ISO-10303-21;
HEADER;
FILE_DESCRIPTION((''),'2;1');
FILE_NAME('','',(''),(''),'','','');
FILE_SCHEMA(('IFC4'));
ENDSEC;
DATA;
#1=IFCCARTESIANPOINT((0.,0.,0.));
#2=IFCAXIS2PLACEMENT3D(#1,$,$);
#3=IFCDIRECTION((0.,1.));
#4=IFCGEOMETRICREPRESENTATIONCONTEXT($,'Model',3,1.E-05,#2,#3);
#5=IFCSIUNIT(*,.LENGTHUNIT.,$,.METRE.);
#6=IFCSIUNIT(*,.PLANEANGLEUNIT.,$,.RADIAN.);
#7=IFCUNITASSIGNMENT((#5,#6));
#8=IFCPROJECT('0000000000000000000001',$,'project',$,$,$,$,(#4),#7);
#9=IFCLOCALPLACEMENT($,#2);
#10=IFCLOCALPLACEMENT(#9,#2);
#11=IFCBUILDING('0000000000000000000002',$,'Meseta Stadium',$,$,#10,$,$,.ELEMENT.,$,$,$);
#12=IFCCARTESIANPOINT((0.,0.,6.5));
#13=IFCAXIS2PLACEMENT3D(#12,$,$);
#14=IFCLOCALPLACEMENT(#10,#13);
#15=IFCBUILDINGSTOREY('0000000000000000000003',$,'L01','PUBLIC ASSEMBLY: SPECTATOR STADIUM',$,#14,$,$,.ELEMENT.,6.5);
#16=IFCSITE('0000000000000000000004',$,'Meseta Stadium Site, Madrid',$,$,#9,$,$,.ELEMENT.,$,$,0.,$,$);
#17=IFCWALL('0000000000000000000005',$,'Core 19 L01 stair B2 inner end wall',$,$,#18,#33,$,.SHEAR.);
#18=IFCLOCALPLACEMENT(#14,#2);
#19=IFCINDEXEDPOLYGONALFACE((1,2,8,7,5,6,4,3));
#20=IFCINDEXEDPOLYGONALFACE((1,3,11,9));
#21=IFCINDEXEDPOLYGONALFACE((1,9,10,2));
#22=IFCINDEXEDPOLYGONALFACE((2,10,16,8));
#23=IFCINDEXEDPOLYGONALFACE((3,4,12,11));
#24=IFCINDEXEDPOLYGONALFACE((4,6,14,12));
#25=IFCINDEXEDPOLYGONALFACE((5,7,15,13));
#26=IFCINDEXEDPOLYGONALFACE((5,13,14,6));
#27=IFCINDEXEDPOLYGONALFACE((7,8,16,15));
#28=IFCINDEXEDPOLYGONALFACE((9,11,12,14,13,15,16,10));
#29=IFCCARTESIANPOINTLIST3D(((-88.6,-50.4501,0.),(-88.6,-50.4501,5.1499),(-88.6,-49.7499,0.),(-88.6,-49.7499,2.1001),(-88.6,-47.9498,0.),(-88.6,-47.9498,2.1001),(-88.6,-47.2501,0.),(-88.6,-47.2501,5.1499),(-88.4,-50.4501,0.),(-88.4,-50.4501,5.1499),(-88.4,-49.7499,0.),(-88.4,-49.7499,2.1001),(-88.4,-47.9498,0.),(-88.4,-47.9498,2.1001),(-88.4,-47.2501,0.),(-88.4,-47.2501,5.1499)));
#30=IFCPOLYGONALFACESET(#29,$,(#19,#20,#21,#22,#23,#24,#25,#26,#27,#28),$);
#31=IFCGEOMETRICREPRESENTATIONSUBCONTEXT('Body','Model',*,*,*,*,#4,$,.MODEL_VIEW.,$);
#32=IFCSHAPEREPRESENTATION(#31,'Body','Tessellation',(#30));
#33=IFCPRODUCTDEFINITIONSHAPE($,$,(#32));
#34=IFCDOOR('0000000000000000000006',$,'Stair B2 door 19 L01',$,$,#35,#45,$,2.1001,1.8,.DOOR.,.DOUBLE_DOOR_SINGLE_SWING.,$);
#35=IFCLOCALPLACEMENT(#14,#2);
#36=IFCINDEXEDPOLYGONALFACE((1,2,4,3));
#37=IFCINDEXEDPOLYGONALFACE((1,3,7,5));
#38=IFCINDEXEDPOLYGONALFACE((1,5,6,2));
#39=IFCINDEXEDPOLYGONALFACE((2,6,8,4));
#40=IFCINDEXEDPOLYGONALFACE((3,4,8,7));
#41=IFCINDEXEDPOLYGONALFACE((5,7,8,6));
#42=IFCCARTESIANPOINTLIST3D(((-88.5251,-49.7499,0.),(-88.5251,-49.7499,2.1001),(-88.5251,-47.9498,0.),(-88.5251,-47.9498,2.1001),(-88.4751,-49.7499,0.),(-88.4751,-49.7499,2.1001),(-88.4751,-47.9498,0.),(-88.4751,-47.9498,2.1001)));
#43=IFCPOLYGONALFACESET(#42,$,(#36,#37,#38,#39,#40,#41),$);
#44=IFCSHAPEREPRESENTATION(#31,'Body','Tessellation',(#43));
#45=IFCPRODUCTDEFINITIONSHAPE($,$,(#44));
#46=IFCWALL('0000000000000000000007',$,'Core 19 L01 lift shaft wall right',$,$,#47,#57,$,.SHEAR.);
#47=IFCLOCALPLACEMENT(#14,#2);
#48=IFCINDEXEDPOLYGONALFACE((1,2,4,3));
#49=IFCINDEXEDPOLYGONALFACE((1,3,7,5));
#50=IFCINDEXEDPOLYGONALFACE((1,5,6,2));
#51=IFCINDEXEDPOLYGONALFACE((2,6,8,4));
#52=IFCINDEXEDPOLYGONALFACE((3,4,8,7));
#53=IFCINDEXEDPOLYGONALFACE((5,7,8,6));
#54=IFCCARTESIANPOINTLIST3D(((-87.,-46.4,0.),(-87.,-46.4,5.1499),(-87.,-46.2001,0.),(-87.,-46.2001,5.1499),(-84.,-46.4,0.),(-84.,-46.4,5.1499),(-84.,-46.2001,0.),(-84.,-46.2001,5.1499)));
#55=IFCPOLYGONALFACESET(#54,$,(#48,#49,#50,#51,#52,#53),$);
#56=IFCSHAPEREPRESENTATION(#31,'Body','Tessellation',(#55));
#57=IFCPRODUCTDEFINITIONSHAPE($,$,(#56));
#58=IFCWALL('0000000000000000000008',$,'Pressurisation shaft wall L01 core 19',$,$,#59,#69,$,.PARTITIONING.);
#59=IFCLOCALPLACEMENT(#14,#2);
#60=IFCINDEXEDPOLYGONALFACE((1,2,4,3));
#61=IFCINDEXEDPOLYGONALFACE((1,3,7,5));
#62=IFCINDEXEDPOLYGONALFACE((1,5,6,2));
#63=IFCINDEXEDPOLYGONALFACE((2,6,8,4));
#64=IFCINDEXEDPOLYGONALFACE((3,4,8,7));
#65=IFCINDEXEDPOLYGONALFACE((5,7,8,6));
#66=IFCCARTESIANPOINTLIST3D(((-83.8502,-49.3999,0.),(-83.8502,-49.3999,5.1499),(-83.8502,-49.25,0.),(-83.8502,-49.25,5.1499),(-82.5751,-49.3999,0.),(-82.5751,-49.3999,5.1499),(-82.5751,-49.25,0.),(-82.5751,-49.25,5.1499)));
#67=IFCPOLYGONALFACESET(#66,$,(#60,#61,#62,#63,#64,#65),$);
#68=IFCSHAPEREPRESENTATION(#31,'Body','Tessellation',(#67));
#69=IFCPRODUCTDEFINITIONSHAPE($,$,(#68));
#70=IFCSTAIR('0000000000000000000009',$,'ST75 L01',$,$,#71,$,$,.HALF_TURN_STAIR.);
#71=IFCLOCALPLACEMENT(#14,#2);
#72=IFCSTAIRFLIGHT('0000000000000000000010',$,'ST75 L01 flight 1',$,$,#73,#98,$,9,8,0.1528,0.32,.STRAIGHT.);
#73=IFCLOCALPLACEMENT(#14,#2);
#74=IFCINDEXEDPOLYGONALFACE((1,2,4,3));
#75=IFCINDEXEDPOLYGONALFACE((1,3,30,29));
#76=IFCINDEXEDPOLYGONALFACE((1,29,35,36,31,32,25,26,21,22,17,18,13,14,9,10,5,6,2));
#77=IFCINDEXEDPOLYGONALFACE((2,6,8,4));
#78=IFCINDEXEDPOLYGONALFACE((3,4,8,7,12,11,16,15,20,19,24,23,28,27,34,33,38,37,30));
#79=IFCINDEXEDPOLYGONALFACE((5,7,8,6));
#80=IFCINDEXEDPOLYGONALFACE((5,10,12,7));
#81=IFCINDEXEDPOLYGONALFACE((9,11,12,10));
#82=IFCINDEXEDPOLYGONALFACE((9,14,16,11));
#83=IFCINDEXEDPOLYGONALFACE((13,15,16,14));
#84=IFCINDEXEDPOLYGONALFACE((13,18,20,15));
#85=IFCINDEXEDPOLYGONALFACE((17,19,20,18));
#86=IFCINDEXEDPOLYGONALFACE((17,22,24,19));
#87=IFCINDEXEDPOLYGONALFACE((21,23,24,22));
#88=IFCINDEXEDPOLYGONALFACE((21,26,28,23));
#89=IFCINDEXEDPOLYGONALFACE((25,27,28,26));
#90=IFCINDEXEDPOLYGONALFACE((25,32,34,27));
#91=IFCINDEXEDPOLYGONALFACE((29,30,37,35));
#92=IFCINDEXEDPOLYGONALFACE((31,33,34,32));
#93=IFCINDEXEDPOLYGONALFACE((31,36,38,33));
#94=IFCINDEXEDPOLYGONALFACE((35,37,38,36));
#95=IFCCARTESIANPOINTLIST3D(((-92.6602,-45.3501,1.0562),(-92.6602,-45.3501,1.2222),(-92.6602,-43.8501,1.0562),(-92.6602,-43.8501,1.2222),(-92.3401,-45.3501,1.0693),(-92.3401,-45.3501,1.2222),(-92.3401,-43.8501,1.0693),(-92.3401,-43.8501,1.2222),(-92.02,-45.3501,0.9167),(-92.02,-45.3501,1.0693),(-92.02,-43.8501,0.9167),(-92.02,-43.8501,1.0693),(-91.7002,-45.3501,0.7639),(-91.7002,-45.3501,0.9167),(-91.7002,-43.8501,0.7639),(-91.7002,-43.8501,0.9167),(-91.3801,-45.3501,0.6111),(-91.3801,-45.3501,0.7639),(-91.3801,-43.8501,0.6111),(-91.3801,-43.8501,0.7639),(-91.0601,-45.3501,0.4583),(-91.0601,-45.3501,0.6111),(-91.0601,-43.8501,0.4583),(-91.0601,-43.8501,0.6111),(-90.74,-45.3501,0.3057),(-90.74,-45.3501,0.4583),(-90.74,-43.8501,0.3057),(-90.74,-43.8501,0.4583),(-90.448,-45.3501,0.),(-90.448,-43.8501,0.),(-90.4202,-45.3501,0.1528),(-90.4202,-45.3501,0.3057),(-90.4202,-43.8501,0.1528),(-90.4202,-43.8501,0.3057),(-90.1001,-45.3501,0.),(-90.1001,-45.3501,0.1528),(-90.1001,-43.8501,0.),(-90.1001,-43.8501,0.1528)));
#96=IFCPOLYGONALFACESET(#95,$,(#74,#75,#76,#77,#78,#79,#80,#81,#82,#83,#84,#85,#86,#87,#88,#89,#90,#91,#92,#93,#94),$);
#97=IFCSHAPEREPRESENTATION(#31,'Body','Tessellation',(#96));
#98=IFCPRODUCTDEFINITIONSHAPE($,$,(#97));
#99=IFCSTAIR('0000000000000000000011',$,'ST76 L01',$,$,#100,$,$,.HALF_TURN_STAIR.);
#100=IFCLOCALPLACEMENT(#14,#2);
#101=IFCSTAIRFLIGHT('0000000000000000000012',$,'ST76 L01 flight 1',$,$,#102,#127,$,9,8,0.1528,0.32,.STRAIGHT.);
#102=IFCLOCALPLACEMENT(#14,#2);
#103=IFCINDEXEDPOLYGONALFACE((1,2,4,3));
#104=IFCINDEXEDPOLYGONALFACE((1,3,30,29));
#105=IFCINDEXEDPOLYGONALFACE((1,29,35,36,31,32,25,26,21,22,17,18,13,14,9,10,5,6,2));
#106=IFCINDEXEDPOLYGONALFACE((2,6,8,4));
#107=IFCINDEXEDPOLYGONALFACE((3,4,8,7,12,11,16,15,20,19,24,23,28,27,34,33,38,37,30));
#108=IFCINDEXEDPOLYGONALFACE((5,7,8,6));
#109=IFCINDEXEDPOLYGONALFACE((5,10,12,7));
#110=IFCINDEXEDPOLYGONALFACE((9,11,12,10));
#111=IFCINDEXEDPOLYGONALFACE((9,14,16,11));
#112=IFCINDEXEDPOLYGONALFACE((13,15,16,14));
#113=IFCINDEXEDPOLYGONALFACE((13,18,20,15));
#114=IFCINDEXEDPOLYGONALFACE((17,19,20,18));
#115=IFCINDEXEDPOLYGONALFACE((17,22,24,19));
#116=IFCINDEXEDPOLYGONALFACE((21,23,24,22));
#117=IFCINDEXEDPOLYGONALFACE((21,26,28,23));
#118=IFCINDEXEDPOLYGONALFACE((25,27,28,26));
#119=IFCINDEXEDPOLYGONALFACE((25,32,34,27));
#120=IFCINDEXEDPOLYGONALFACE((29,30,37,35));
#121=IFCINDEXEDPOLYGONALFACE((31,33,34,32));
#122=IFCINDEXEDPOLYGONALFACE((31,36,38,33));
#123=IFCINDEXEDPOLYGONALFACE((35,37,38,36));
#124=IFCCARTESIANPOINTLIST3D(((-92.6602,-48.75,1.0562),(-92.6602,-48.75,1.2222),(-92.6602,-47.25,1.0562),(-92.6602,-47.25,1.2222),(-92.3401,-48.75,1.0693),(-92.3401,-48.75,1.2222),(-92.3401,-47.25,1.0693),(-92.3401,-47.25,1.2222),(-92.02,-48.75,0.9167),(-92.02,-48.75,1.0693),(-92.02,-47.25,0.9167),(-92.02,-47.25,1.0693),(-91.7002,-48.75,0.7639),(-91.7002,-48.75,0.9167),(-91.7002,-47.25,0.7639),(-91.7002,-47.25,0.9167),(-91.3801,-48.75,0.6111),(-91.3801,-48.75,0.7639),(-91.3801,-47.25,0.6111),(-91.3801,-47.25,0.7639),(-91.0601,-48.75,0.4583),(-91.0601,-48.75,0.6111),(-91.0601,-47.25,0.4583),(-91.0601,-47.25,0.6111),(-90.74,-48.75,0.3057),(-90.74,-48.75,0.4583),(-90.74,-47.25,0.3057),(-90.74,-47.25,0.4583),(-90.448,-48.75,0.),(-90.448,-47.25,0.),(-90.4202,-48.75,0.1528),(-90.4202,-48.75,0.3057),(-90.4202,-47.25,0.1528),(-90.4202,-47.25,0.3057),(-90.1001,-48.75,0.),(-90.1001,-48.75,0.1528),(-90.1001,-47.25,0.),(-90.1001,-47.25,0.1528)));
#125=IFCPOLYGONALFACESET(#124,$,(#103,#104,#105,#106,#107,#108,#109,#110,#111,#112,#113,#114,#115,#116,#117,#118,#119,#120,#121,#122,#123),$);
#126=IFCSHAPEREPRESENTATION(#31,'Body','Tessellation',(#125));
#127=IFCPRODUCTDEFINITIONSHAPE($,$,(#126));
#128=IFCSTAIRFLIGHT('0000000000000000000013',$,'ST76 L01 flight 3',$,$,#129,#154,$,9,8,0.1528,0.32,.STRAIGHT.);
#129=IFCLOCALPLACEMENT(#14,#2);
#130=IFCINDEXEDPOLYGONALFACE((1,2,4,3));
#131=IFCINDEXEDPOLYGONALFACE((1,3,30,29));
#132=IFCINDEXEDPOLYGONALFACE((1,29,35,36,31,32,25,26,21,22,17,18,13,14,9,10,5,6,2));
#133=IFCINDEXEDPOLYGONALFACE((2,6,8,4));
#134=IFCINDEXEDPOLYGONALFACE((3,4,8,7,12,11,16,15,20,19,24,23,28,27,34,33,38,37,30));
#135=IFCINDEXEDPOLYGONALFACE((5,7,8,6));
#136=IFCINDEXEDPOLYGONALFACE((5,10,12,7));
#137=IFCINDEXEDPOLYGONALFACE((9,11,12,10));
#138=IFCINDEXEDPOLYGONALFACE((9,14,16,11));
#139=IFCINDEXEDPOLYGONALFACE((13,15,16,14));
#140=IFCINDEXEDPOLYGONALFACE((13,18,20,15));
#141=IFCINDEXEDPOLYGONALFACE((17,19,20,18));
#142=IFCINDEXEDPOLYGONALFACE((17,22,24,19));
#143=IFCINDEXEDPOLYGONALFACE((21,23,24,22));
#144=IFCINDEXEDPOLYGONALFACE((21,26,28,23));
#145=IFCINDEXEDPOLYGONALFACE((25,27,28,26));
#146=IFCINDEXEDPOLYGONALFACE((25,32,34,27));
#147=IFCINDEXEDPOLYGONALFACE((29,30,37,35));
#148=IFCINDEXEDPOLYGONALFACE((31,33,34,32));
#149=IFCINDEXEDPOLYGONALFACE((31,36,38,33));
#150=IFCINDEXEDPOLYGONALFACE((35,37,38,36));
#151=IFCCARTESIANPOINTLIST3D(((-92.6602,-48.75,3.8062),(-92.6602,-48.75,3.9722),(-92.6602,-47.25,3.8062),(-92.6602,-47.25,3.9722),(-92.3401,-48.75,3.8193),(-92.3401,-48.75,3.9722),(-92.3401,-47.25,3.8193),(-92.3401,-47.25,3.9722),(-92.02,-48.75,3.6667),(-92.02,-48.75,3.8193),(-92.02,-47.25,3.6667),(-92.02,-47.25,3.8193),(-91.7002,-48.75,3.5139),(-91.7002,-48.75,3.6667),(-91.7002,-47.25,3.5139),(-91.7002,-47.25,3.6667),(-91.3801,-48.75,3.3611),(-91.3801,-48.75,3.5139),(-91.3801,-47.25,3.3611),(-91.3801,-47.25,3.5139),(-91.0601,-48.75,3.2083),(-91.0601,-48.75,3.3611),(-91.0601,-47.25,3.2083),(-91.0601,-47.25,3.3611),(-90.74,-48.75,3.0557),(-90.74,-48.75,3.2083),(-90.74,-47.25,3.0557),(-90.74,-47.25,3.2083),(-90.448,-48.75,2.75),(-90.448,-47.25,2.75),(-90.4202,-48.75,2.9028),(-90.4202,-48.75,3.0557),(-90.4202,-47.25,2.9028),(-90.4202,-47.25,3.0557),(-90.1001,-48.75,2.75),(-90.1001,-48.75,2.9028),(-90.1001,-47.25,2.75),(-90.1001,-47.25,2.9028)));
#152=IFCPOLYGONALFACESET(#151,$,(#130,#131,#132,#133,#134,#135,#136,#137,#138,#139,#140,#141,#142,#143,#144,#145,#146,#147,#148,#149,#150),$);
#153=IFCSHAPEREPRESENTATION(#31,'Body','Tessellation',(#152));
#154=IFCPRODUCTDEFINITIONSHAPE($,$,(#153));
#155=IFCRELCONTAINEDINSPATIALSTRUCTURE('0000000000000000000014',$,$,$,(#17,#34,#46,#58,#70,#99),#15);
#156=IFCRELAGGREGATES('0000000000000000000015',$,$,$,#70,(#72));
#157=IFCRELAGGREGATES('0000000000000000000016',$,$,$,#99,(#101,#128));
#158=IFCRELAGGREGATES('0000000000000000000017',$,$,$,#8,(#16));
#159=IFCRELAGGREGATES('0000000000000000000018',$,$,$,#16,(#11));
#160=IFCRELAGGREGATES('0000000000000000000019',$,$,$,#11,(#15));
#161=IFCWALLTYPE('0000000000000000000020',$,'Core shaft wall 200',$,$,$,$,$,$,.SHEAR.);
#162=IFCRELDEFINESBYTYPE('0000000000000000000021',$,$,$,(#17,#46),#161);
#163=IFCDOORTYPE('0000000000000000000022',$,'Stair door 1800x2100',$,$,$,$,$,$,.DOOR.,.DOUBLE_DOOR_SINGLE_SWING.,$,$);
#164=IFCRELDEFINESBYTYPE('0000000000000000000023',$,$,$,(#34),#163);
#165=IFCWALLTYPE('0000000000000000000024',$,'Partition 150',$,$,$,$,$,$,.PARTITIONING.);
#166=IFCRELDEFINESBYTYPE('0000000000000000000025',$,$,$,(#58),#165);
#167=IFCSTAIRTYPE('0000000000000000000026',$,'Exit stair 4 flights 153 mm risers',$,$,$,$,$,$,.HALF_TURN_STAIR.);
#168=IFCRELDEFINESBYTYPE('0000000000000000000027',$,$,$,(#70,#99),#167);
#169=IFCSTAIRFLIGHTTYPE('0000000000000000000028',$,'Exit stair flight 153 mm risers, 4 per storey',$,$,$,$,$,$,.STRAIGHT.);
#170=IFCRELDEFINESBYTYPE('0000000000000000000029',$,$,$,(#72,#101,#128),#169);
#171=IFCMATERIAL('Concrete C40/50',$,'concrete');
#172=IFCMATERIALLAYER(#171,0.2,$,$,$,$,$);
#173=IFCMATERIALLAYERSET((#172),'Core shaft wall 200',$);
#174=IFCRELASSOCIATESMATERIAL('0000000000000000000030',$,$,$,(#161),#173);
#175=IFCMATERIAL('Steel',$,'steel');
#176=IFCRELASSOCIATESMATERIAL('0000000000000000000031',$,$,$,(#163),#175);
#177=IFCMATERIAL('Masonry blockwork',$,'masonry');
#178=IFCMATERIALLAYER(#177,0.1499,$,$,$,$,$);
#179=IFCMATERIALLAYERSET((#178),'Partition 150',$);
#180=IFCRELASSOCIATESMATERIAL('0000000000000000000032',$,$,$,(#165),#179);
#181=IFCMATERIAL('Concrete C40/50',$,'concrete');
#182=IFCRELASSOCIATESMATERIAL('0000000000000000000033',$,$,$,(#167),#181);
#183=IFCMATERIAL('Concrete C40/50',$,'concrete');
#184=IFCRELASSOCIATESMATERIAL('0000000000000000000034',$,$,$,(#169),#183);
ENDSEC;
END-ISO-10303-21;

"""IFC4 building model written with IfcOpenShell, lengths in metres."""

from ifc_helpers import new_model, si_unit, direction, frame, frame_2d, origin, place, context, subcontext, project, spatial, polyline, rectangle, outline, extrude, material, layer, layer_set, type_object, element, fill, aggregate, save


model = new_model("IFC4")

# Units and contexts
model_context = context("Model", 3, precision=1e-05, world=origin(), true_north=direction((0.0, 1.0)))
body_context = subcontext(model_context, "Body", "Model", "MODEL_VIEW")
ifc_project = project(units=[si_unit("LENGTHUNIT", "METRE"), si_unit("PLANEANGLEUNIT", "RADIAN")], contexts=[model_context])

# Site, building, storey
site_placement = place(None, origin())
site = spatial("IfcSite", under=ifc_project, at=site_placement, Name="Meseta Stadium Site, Madrid", CompositionType="ELEMENT", RefElevation=0.0)
building_placement = place(site_placement, origin())
building = spatial("IfcBuilding", under=site, at=building_placement, Name="Meseta Stadium", CompositionType="ELEMENT")
storey_placement = place(building_placement, frame((0.0, 0.0, 6.5)))
storey = spatial("IfcBuildingStorey", under=building, at=storey_placement, Name="L01", Description="PUBLIC ASSEMBLY: SPECTATOR STADIUM", CompositionType="ELEMENT", Elevation=6.5)

# Wall, opening, door
ifc_material_1 = material(Name="Concrete C40/50", Category="concrete")
ifc_layer_1 = layer(ifc_material_1, 0.2)
ifc_layer_set_1 = layer_set([ifc_layer_1], Name="Core shaft wall 200")
wall_type_1 = type_object("IfcWallType", Name="Core shaft wall 200", PredefinedType="SHEAR", material=ifc_layer_set_1)
wall_1_placement = place(storey_placement, frame((-88.5, -47.25, 0.0), z_axis=(0.0, 0.0, 1.0), x_axis=(0.0, -1.0, 0.0)))
wall_1 = element("IfcWall", 1, at=wall_1_placement, inside=storey, type_object=wall_type_1, Name="Core 19 L01 stair B2 inner end wall", PredefinedType="SHEAR", context=body_context, shape_type="SweptSolid", body=[
    extrude(rectangle(XDim=3.2, YDim=0.2, at=frame_2d((1.6001, 0.0))), origin(), (0.0, 0.0, 1.0), 5.1499),
])
opening_placement = place(wall_1_placement, frame((0.7, 0.0, 0.0)))
opening = element("IfcOpeningElement", 2, at=opening_placement, cuts=wall_1, PredefinedType="OPENING", context=body_context, shape_type="SweptSolid", body=[
    extrude(rectangle(XDim=1.8, YDim=2.1001, at=frame_2d((0.8999, 1.05))), frame((0.0, 0.1099, 0.0), z_axis=(0.0, -1.0, 0.0), x_axis=(1.0, 0.0, 0.0)), (0.0, 0.0, 1.0), 0.22),
])
ifc_material_2 = material(Name="Steel", Category="steel")
door_type = type_object("IfcDoorType", Name="Stair door 1800x2100", OperationType="DOUBLE_DOOR_SINGLE_SWING", PredefinedType="DOOR", material=ifc_material_2)
door_placement = place(opening_placement, origin())
door = element("IfcDoor", 3, at=door_placement, inside=storey, type_object=door_type, Name="Stair B2 door 19 L01", OperationType="DOUBLE_DOOR_SINGLE_SWING", OverallHeight=2.1001, OverallWidth=1.8, PredefinedType="DOOR", context=body_context, shape_type="SweptSolid", body=[
    extrude(rectangle(XDim=1.8, YDim=2.1001, at=frame_2d((0.8999, 1.05))), frame((0.0, 0.0249, 0.0), z_axis=(0.0, -1.0, 0.0), x_axis=(1.0, 0.0, 0.0)), (0.0, 0.0, 1.0), 0.05),
])
fill(opening, door)

# Walls
wall_2_placement = place(storey_placement, frame((-87.0, -46.3, 0.0), z_axis=(0.0, 0.0, 1.0), x_axis=(1.0, 0.0, 0.0)))
element("IfcWall", 4, at=wall_2_placement, inside=storey, type_object=wall_type_1, Name="Core 19 L01 lift shaft wall right", PredefinedType="SHEAR", context=body_context, shape_type="SweptSolid", body=[
    extrude(rectangle(XDim=3.0, YDim=0.2, at=frame_2d((1.5, 0.0))), origin(), (0.0, 0.0, 1.0), 5.1499),
])
ifc_material_3 = material(Name="Masonry blockwork", Category="masonry")
ifc_layer_2 = layer(ifc_material_3, 0.1499)
ifc_layer_set_2 = layer_set([ifc_layer_2], Name="Partition 150")
wall_type_2 = type_object("IfcWallType", Name="Partition 150", PredefinedType="PARTITIONING", material=ifc_layer_set_2)
wall_3_placement = place(storey_placement, frame((-82.575, -49.325, 0.0), z_axis=(0.0, 0.0, 1.0), x_axis=(-1.0, 0.0, 0.0)))
element("IfcWall", 5, at=wall_3_placement, inside=storey, type_object=wall_type_2, Name="Pressurisation shaft wall L01 core 19", PredefinedType="PARTITIONING", context=body_context, shape_type="SweptSolid", body=[
    extrude(rectangle(XDim=1.2751, YDim=0.1499, at=frame_2d((0.6377, 0.0))), origin(), (0.0, 0.0, 1.0), 5.1499),
])

# Stair, stair flight
ifc_material_4 = material(Name="Concrete C40/50", Category="concrete")
stair_type = type_object("IfcStairType", Name="Exit stair 4 flights 153 mm risers", PredefinedType="HALF_TURN_STAIR", material=ifc_material_4)
stair_1_placement = place(storey_placement, origin())
stair_1 = element("IfcStair", 6, at=stair_1_placement, inside=storey, type_object=stair_type, Name="ST75 L01", PredefinedType="HALF_TURN_STAIR")
ifc_material_5 = material(Name="Concrete C40/50", Category="concrete")
stair_flight_type = type_object("IfcStairFlightType", Name="Exit stair flight 153 mm risers, 4 per storey", PredefinedType="STRAIGHT", material=ifc_material_5)
stair_flight_1_placement = place(storey_placement, frame((-90.1001, -44.6001, 0.0), z_axis=(0.0, 0.0, 1.0), x_axis=(-1.0, 0.0, 0.0)))
stair_flight_1 = element("IfcStairFlight", 7, at=stair_flight_1_placement, type_object=stair_flight_type, Name="ST75 L01 flight 1", NumberOfRisers=9, NumberOfTreads=8, PredefinedType="STRAIGHT", RiserHeight=0.1528, TreadLength=0.32, context=body_context, shape_type="SweptSolid", body=[
    extrude(outline(polyline([(0.0, 0.0), (0.0, 0.1528), (0.3201, 0.1528), (0.3201, 0.3057), (0.6399, 0.3057), (0.6399, 0.4583), (0.96, 0.4583), (0.96, 0.6111), (1.28, 0.6111), (1.28, 0.7639), (1.6001, 0.7639), (1.6001, 0.9167), (1.9199, 0.9167), (1.9199, 1.0693), (2.24, 1.0693), (2.24, 1.2222), (2.5601, 1.2222), (2.5601, 1.0562), (0.3479, 0.0), (0.0, 0.0)])), frame((0.0, 0.75, 0.0), z_axis=(0.0, -1.0, 0.0), x_axis=(1.0, 0.0, 0.0)), (0.0, 0.0, 1.0), 1.5),
])
aggregate(stair_1, [stair_flight_1])

# Stair, stair flights
stair_2_placement = place(storey_placement, origin())
stair_2 = element("IfcStair", 8, at=stair_2_placement, inside=storey, type_object=stair_type, Name="ST76 L01", PredefinedType="HALF_TURN_STAIR")
stair_flight_2_placement = place(storey_placement, frame((-90.1001, -48.0, 0.0), z_axis=(0.0, 0.0, 1.0), x_axis=(-1.0, 0.0, 0.0)))
stair_flight_2 = element("IfcStairFlight", 9, at=stair_flight_2_placement, type_object=stair_flight_type, Name="ST76 L01 flight 1", NumberOfRisers=9, NumberOfTreads=8, PredefinedType="STRAIGHT", RiserHeight=0.1528, TreadLength=0.32, context=body_context, shape_type="SweptSolid", body=[
    extrude(outline(polyline([(0.0, 0.0), (0.0, 0.1528), (0.3201, 0.1528), (0.3201, 0.3057), (0.6399, 0.3057), (0.6399, 0.4583), (0.96, 0.4583), (0.96, 0.6111), (1.28, 0.6111), (1.28, 0.7639), (1.6001, 0.7639), (1.6001, 0.9167), (1.9199, 0.9167), (1.9199, 1.0693), (2.24, 1.0693), (2.24, 1.2222), (2.5601, 1.2222), (2.5601, 1.0562), (0.3479, 0.0), (0.0, 0.0)])), frame((0.0, 0.75, 0.0), z_axis=(0.0, -1.0, 0.0), x_axis=(1.0, 0.0, 0.0)), (0.0, 0.0, 1.0), 1.5),
])
stair_flight_3_placement = place(storey_placement, frame((-90.1001, -48.0, 2.75), z_axis=(0.0, 0.0, 1.0), x_axis=(-1.0, 0.0, 0.0)))
stair_flight_3 = element("IfcStairFlight", 10, at=stair_flight_3_placement, type_object=stair_flight_type, Name="ST76 L01 flight 3", NumberOfRisers=9, NumberOfTreads=8, PredefinedType="STRAIGHT", RiserHeight=0.1528, TreadLength=0.32, context=body_context, shape_type="SweptSolid", body=[
    extrude(outline(polyline([(0.0, 0.0), (0.0, 0.1528), (0.3201, 0.1528), (0.3201, 0.3057), (0.6399, 0.3057), (0.6399, 0.4583), (0.96, 0.4583), (0.96, 0.6111), (1.28, 0.6111), (1.28, 0.7639), (1.6001, 0.7639), (1.6001, 0.9167), (1.9199, 0.9167), (1.9199, 1.0693), (2.24, 1.0693), (2.24, 1.2222), (2.5601, 1.2222), (2.5601, 1.0562), (0.3479, 0.0), (0.0, 0.0)])), frame((0.0, 0.75, 0.0), z_axis=(0.0, -1.0, 0.0), x_axis=(1.0, 0.0, 0.0)), (0.0, 0.0, 1.0), 1.5),
])
aggregate(stair_2, [stair_flight_2, stair_flight_3])

save(model, "model.ifc")
